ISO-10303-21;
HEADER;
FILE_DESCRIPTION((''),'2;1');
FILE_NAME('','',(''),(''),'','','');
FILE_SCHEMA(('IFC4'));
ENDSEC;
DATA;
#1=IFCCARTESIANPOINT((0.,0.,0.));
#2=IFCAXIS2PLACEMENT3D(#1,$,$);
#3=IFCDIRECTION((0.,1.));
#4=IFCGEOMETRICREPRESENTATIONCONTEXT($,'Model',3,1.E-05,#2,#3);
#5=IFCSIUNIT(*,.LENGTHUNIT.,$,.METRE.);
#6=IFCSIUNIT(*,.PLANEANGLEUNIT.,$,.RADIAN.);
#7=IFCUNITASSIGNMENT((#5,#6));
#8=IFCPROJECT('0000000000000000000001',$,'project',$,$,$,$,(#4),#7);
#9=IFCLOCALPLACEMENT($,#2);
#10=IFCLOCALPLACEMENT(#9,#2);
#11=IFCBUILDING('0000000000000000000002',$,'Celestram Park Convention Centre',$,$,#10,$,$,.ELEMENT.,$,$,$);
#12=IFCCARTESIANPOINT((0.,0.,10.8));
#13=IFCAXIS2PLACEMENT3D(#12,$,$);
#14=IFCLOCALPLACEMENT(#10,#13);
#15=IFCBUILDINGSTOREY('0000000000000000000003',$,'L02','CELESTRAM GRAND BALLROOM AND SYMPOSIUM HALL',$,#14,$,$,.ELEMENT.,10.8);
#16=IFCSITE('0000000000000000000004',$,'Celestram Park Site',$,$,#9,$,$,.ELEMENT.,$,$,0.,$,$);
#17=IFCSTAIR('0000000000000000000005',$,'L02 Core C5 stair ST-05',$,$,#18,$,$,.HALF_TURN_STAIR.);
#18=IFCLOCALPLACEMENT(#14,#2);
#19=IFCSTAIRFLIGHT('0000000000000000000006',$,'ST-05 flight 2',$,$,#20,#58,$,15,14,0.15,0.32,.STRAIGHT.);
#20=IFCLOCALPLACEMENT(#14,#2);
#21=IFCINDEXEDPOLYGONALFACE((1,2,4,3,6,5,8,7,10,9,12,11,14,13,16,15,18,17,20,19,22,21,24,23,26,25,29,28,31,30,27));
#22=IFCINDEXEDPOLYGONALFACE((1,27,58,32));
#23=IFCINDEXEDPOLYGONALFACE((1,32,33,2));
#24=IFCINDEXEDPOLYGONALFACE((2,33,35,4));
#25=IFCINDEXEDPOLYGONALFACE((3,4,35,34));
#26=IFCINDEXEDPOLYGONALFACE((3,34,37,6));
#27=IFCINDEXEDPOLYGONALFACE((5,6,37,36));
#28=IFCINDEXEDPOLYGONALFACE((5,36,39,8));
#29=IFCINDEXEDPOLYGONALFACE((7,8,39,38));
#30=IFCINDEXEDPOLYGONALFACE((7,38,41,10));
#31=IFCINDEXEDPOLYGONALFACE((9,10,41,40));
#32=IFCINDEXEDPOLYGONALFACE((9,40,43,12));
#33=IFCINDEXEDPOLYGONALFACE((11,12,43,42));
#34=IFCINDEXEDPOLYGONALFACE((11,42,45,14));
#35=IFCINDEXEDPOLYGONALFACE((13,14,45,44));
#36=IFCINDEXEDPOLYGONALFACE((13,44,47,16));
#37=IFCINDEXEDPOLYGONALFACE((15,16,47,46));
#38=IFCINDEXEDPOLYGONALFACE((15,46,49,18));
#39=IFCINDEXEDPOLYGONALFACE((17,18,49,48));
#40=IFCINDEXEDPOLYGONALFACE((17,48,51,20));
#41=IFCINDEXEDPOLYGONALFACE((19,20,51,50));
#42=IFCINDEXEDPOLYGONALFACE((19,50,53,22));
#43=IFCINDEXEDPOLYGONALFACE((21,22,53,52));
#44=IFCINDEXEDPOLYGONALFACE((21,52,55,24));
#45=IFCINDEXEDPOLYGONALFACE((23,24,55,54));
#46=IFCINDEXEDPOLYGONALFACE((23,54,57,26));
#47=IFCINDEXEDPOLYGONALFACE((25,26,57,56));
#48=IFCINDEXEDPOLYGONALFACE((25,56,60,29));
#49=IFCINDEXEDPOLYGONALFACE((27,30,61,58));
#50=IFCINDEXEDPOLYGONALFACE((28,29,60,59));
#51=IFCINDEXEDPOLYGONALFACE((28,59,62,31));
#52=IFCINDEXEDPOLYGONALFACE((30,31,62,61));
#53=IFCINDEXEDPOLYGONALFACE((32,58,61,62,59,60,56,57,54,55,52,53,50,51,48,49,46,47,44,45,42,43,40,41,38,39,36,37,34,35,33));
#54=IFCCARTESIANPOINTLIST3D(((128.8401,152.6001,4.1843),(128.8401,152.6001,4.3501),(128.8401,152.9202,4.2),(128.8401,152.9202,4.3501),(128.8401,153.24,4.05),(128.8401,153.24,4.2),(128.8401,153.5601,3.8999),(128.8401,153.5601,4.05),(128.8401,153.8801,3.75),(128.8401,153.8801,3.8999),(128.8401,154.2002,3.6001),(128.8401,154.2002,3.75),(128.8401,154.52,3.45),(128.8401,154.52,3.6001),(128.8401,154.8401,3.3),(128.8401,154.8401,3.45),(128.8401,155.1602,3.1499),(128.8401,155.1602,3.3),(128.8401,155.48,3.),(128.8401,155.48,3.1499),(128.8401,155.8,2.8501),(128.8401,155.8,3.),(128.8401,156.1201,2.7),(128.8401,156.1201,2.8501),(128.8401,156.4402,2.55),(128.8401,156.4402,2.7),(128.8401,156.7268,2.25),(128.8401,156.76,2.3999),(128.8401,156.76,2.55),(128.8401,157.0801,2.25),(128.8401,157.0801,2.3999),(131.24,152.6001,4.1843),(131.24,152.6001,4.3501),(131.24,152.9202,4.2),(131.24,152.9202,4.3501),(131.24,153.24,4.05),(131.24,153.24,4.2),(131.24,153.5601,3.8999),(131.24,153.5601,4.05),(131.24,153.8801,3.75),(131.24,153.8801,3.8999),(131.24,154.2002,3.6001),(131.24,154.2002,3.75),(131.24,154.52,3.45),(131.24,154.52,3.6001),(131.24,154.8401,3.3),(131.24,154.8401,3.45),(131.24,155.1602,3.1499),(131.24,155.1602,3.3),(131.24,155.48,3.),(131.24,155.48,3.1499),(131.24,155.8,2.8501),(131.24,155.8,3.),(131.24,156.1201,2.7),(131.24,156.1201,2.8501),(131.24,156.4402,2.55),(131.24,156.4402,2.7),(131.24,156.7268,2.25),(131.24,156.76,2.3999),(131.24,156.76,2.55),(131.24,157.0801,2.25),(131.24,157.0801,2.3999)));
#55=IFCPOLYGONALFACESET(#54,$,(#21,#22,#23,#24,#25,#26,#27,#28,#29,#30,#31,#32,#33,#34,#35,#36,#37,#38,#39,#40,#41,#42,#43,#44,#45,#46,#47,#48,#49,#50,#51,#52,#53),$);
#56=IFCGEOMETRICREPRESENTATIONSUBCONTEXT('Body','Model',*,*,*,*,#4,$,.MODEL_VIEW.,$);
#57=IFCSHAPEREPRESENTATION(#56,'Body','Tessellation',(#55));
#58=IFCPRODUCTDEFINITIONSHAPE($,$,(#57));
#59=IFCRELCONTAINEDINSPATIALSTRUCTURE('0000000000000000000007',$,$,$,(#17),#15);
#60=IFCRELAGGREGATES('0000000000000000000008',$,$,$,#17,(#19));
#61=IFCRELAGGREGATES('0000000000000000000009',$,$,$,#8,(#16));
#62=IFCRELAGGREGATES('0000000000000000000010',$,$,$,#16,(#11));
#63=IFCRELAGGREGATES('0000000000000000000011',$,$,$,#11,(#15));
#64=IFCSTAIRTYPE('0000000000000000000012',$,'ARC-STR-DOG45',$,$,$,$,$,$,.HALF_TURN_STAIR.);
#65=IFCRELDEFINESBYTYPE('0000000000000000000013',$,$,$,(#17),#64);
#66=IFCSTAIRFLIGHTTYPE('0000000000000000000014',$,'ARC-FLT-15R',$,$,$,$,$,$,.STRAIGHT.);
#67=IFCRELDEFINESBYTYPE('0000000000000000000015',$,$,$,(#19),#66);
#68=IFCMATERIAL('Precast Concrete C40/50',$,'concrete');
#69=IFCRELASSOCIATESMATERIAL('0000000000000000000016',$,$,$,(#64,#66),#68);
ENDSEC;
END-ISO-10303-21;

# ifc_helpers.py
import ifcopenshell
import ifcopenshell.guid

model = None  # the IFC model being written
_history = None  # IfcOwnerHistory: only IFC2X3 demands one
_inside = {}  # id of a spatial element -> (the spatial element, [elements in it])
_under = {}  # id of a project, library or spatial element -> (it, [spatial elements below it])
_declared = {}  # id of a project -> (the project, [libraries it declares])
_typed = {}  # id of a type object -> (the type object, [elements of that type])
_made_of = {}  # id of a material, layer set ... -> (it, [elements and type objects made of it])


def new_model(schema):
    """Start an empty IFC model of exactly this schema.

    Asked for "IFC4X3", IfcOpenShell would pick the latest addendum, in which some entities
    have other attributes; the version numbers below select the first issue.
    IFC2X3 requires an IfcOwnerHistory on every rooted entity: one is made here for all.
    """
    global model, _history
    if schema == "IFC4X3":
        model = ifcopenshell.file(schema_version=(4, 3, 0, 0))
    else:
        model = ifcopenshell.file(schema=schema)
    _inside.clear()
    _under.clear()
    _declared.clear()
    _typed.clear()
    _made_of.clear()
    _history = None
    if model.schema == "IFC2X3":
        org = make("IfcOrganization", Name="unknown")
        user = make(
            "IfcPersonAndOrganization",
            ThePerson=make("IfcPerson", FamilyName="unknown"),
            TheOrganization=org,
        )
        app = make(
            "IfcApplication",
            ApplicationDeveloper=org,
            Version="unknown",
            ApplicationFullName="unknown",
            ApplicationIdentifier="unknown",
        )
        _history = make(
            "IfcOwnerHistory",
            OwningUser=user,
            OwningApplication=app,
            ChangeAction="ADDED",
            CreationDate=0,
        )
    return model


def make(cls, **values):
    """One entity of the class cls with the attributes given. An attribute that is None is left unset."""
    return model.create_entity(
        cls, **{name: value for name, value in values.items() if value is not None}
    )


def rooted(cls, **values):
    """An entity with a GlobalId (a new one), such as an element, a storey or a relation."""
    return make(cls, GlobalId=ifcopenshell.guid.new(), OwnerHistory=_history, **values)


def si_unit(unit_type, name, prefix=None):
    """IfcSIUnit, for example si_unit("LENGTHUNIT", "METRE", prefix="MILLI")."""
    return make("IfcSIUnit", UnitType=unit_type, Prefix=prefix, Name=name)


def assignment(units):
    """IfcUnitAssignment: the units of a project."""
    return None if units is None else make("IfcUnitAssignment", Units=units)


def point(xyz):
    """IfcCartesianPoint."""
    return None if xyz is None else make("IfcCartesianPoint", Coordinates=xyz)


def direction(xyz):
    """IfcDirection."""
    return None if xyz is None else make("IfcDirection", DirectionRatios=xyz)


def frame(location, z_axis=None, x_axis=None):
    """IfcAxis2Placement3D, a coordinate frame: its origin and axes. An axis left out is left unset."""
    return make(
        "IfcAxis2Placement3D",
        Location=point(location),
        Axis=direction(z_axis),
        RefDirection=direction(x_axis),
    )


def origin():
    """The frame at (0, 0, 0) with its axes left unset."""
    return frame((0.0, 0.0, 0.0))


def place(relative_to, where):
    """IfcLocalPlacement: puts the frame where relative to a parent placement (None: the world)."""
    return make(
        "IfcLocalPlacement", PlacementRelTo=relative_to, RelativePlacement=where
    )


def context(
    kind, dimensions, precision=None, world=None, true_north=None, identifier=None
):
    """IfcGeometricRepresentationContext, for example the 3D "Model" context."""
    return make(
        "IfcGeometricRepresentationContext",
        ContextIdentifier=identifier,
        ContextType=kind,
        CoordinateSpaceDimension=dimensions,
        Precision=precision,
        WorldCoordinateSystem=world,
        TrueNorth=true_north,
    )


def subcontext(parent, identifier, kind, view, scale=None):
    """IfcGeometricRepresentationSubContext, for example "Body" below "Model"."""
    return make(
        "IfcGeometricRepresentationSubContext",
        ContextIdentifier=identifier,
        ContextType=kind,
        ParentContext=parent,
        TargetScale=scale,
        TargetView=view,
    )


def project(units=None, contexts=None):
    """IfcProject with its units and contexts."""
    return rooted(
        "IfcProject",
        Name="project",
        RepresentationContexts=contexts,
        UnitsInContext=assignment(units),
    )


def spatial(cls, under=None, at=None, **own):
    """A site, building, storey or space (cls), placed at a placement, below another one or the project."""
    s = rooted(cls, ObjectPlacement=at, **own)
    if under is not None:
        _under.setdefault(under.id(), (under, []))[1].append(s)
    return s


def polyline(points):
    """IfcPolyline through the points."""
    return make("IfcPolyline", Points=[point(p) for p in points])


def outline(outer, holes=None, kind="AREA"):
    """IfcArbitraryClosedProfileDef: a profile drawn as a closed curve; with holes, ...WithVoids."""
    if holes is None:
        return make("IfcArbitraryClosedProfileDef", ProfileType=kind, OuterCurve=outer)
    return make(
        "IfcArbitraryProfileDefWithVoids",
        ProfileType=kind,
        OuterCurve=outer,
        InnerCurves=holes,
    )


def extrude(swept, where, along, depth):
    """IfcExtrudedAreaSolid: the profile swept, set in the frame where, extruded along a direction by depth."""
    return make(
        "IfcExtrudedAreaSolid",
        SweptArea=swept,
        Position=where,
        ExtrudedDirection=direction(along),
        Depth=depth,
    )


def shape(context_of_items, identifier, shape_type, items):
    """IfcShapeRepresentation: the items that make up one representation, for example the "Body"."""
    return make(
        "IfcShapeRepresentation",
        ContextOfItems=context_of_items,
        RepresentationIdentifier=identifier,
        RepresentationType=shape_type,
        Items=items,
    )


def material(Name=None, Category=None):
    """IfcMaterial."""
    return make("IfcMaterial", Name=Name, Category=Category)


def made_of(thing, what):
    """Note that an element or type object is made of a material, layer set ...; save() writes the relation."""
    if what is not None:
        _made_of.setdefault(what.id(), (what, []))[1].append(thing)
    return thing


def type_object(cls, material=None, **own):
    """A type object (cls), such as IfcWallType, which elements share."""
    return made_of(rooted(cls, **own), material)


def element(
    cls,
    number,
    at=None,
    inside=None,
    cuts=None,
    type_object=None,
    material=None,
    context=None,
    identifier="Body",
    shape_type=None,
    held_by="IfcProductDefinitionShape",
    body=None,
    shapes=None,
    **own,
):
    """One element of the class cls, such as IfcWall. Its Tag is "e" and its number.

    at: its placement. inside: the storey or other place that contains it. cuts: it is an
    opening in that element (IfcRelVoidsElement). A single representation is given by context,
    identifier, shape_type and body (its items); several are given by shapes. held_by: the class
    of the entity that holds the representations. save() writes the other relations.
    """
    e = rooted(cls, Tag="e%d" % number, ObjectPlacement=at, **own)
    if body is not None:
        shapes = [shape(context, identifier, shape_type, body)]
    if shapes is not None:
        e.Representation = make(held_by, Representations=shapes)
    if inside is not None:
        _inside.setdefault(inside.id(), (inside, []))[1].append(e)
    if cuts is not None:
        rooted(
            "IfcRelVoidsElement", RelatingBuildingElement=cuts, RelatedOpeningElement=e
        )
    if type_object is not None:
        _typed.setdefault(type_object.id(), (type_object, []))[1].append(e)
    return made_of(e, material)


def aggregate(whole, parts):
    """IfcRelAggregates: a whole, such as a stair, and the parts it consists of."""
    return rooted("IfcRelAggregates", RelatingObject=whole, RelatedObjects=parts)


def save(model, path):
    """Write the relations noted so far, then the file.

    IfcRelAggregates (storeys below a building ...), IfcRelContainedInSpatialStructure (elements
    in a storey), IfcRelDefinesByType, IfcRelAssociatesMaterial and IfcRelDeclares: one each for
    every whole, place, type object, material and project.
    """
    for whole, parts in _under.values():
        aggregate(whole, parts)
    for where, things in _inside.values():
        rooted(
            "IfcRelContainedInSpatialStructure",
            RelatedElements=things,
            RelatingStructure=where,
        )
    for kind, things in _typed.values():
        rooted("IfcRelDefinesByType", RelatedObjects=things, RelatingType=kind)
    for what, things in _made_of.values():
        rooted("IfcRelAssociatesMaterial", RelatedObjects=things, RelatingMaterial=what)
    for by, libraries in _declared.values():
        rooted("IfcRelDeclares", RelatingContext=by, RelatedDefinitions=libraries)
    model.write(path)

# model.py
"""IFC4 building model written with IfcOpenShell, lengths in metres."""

from ifc_helpers import new_model, si_unit, direction, frame, origin, place, context, subcontext, project, spatial, polyline, outline, extrude, material, type_object, element, aggregate, save


model = new_model("IFC4")

# Units and contexts
model_context = context("Model", 3, precision=1e-05, world=origin(), true_north=direction((0.0, 1.0)))
body_context = subcontext(model_context, "Body", "Model", "MODEL_VIEW")
ifc_project = project(units=[si_unit("LENGTHUNIT", "METRE"), si_unit("PLANEANGLEUNIT", "RADIAN")], contexts=[model_context])

# Site, building, storey
site_placement = place(None, origin())
site = spatial("IfcSite", under=ifc_project, at=site_placement, Name="Celestram Park Site", CompositionType="ELEMENT", RefElevation=0.0)
building_placement = place(site_placement, origin())
building = spatial("IfcBuilding", under=site, at=building_placement, Name="Celestram Park Convention Centre", CompositionType="ELEMENT")
storey_placement = place(building_placement, frame((0.0, 0.0, 10.8)))
storey = spatial("IfcBuildingStorey", under=building, at=storey_placement, Name="L02", Description="CELESTRAM GRAND BALLROOM AND SYMPOSIUM HALL", CompositionType="ELEMENT", Elevation=10.8)

# Stair, stair flight
ifc_material_1 = material(Name="Precast Concrete C40/50", Category="concrete")
stair_type = type_object("IfcStairType", Name="ARC-STR-DOG45", PredefinedType="HALF_TURN_STAIR", material=ifc_material_1)
stair_placement = place(storey_placement, origin())
stair = element("IfcStair", 1, at=stair_placement, inside=storey, type_object=stair_type, Name="L02 Core C5 stair ST-05", PredefinedType="HALF_TURN_STAIR")
stair_flight_type = type_object("IfcStairFlightType", Name="ARC-FLT-15R", PredefinedType="STRAIGHT", material=ifc_material_1)
stair_flight_1_placement = place(storey_placement, frame((130.04, 157.0801, 2.25), z_axis=(0.0, 0.0, 1.0), x_axis=(0.0, -1.0, 0.0)))
stair_flight_1 = element("IfcStairFlight", 2, at=stair_flight_1_placement, type_object=stair_flight_type, Name="ST-05 flight 2", NumberOfRisers=15, NumberOfTreads=14, PredefinedType="STRAIGHT", RiserHeight=0.15, TreadLength=0.32, context=body_context, shape_type="SweptSolid", body=[
    extrude(outline(polyline([(0.0, 0.0), (0.0, 0.1499), (0.3201, 0.1499), (0.3201, 0.3), (0.6399, 0.3), (0.6399, 0.45), (0.96, 0.45), (0.96, 0.6001), (1.28, 0.6001), (1.28, 0.75), (1.6001, 0.75), (1.6001, 0.8999), (1.9199, 0.8999), (1.9199, 1.05), (2.24, 1.05), (2.24, 1.2), (2.5601, 1.2), (2.5601, 1.3501), (2.8799, 1.3501), (2.8799, 1.5), (3.2, 1.5), (3.2, 1.6499), (3.52, 1.6499), (3.52, 1.8), (3.8401, 1.8), (3.8401, 1.95), (4.1599, 1.95), (4.1599, 2.1001), (4.48, 2.1001), (4.48, 2.25), (4.48, 1.9343), (0.3533, 0.0), (0.0, 0.0)])), frame((0.0, 1.2, 0.0), z_axis=(0.0, -1.0, 0.0), x_axis=(1.0, 0.0, 0.0)), (0.0, 0.0, 1.0), 2.3999),
])
aggregate(stair, [stair_flight_1])

save(model, "model.ifc")
